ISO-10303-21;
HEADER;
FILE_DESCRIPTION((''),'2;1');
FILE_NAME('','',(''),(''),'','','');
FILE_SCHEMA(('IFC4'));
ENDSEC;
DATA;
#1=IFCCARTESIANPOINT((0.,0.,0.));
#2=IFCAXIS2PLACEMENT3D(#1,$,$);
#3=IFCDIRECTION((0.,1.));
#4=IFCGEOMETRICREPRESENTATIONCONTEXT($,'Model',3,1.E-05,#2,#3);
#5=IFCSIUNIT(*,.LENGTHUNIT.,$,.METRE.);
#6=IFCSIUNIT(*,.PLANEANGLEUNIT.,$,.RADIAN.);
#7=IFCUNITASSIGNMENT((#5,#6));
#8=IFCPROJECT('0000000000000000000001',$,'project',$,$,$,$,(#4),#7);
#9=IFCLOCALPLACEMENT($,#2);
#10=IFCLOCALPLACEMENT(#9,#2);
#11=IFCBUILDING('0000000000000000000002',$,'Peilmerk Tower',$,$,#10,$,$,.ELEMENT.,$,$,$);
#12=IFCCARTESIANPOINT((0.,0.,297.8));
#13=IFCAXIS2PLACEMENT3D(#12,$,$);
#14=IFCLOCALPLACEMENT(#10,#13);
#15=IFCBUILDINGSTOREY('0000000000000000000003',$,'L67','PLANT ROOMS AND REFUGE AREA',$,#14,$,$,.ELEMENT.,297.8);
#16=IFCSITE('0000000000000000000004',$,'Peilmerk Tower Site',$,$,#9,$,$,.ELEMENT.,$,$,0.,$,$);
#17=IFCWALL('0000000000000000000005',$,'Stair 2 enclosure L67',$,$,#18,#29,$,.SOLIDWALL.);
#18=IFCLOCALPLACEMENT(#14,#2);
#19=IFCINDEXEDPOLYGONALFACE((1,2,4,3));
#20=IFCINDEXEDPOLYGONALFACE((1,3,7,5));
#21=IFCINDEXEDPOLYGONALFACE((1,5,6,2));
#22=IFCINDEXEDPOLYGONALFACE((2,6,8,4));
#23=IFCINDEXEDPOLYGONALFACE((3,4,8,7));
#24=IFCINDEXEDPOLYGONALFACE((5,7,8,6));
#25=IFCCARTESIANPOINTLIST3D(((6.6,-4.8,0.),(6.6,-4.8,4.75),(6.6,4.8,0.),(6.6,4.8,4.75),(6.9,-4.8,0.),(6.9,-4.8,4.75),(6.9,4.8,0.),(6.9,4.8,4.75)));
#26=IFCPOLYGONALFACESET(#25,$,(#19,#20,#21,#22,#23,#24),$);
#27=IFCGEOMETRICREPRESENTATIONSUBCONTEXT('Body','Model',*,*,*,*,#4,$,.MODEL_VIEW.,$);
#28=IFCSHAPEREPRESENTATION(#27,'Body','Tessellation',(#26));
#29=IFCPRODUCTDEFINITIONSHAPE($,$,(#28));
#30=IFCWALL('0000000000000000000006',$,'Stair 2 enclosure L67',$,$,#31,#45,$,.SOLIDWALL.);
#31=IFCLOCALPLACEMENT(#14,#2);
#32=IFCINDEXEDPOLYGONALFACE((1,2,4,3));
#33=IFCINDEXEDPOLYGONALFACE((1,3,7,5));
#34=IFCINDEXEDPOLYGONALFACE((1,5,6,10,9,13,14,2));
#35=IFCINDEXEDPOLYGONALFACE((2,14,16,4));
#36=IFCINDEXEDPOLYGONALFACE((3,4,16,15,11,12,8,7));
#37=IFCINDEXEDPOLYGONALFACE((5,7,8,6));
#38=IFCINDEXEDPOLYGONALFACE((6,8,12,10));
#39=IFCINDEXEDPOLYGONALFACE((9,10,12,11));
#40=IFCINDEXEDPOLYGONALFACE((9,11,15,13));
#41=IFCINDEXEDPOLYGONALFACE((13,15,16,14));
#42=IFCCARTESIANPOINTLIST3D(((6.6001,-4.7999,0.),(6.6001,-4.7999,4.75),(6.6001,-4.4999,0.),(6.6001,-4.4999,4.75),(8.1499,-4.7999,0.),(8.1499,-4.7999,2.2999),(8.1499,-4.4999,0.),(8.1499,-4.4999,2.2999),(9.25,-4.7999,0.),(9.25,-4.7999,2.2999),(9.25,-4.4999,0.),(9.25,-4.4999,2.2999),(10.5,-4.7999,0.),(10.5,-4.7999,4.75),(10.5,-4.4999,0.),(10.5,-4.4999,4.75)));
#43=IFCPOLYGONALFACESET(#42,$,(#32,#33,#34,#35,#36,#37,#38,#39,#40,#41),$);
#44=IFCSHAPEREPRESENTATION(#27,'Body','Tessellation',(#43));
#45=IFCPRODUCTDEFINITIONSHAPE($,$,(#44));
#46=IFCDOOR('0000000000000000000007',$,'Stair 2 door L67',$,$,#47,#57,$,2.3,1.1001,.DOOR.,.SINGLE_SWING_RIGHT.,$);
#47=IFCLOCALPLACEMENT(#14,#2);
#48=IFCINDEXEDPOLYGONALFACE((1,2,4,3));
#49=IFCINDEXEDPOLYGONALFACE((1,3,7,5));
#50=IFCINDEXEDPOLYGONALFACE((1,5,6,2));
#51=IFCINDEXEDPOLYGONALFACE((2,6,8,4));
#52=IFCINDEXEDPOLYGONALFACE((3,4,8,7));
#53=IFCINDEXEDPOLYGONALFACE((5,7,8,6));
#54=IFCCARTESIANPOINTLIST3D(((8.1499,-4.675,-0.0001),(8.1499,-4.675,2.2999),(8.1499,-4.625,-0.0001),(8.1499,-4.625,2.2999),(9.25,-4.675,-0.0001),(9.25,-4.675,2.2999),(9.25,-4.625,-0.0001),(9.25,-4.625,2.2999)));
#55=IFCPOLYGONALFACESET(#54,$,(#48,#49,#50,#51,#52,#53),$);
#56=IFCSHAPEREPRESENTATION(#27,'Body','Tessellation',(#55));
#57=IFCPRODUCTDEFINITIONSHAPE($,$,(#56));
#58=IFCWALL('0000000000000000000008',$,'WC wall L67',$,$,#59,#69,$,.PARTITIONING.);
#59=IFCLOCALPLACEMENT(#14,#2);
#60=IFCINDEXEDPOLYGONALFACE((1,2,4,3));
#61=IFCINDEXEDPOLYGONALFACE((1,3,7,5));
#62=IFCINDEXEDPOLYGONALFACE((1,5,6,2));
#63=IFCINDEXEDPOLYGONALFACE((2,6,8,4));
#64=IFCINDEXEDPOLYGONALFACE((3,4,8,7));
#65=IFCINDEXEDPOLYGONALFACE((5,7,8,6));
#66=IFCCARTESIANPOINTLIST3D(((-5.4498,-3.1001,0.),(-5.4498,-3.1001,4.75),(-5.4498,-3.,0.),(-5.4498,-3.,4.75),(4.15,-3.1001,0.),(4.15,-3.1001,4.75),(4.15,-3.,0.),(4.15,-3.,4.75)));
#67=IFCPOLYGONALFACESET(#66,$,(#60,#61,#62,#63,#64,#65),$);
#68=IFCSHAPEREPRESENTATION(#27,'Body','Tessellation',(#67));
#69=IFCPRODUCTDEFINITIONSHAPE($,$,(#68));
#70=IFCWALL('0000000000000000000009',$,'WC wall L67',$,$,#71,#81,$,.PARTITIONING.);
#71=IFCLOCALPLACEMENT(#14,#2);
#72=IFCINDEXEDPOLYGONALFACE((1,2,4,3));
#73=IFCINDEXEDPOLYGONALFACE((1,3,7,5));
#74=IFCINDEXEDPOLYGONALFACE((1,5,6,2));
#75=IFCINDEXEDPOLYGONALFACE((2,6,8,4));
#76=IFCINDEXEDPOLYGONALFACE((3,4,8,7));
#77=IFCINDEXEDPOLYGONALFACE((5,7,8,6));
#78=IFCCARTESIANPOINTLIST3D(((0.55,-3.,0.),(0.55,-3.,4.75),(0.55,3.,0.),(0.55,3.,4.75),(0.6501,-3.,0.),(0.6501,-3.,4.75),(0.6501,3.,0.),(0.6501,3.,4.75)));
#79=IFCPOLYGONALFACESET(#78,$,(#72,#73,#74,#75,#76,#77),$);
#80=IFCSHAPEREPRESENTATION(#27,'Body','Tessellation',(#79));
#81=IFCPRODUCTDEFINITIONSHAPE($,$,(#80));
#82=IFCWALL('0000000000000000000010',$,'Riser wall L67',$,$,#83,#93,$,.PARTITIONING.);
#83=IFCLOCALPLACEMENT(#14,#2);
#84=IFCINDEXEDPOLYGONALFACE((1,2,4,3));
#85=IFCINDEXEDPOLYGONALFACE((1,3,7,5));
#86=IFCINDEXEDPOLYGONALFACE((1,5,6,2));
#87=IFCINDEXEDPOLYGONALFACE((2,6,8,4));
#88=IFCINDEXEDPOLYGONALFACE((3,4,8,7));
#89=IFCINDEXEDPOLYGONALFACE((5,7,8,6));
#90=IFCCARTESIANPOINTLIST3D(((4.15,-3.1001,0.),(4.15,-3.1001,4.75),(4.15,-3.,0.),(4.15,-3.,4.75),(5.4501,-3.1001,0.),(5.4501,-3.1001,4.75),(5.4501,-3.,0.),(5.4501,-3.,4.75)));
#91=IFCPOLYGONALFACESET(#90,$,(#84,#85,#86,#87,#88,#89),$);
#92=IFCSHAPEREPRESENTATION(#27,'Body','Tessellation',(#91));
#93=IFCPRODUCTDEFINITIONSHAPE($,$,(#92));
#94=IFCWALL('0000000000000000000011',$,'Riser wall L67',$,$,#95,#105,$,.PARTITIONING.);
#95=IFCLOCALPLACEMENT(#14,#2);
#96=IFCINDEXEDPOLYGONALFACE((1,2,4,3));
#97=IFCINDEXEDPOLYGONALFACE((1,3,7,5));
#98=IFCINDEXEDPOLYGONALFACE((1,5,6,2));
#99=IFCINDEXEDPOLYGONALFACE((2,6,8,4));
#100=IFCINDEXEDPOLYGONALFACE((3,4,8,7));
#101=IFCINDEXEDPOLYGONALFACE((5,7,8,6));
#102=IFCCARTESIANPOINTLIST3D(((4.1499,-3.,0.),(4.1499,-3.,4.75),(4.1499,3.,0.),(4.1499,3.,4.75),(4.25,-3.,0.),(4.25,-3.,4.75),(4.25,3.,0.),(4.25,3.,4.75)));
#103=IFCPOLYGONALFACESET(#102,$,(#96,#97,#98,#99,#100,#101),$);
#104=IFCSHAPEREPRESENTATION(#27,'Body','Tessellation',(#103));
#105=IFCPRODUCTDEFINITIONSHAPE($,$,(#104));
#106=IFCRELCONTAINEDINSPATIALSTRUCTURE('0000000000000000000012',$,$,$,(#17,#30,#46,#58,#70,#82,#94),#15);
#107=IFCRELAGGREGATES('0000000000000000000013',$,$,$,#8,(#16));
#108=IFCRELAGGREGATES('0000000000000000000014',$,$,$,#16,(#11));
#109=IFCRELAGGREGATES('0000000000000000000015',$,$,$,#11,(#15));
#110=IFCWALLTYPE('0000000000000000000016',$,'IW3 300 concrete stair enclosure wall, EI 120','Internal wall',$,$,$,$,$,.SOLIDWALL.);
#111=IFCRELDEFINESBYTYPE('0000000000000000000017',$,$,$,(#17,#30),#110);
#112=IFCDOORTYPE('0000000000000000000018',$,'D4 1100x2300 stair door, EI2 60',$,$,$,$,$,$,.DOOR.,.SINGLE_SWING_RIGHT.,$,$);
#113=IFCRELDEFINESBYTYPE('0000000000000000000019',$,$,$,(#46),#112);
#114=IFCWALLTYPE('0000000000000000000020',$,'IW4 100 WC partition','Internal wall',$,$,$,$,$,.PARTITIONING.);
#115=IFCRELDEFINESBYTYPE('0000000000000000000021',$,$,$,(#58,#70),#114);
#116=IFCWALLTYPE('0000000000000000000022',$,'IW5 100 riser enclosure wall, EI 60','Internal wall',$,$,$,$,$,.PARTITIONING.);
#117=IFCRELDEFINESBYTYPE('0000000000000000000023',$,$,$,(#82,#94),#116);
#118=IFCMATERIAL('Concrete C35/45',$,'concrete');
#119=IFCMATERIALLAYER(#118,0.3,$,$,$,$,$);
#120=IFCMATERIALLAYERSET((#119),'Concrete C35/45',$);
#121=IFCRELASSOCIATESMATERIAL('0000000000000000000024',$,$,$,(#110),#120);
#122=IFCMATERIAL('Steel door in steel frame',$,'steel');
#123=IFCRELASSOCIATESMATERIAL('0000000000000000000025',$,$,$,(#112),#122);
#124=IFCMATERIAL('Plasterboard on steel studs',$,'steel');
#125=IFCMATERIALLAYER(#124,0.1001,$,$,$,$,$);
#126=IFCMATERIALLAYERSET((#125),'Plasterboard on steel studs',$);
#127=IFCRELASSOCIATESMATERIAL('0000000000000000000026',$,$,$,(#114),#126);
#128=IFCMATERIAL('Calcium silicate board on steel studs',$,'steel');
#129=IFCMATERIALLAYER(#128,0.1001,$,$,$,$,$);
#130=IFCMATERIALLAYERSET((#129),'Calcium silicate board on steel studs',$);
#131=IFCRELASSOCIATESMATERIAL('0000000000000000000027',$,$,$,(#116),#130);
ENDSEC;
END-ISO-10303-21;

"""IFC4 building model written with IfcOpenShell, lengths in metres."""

from ifc_helpers import new_model, si_unit, direction, frame, frame_2d, origin, place, context, subcontext, project, spatial, rectangle, extrude, material, layer, layer_set, type_object, element, fill, save


model = new_model("IFC4")

# Units and contexts
model_context = context("Model", 3, precision=1e-05, world=origin(), true_north=direction((0.0, 1.0)))
body_context = subcontext(model_context, "Body", "Model", "MODEL_VIEW")
ifc_project = project(units=[si_unit("LENGTHUNIT", "METRE"), si_unit("PLANEANGLEUNIT", "RADIAN")], contexts=[model_context])

# Site, building, storey
site_placement = place(None, origin())
site = spatial("IfcSite", under=ifc_project, at=site_placement, Name="Peilmerk Tower Site", CompositionType="ELEMENT", RefElevation=0.0)
building_placement = place(site_placement, origin())
building = spatial("IfcBuilding", under=site, at=building_placement, Name="Peilmerk Tower", CompositionType="ELEMENT")
storey_placement = place(building_placement, frame((0.0, 0.0, 297.8)))
storey = spatial("IfcBuildingStorey", under=building, at=storey_placement, Name="L67", Description="PLANT ROOMS AND REFUGE AREA", CompositionType="ELEMENT", Elevation=297.8)

# Wall
ifc_material_1 = material(Name="Concrete C35/45", Category="concrete")
ifc_layer_1 = layer(ifc_material_1, 0.3)
ifc_layer_set_1 = layer_set([ifc_layer_1], Name="Concrete C35/45")
wall_type_1 = type_object("IfcWallType", Name="IW3 300 concrete stair enclosure wall, EI 120", Description="Internal wall", PredefinedType="SOLIDWALL", material=ifc_layer_set_1)
wall_1_placement = place(storey_placement, frame((6.75, -4.8, 0.0), z_axis=(0.0, 0.0, 1.0), x_axis=(0.0, 1.0, 0.0)))
element("IfcWall", 1, at=wall_1_placement, inside=storey, type_object=wall_type_1, Name="Stair 2 enclosure L67", PredefinedType="SOLIDWALL", context=body_context, shape_type="SweptSolid", body=[
    extrude(rectangle(XDim=9.6001, YDim=0.3, at=frame_2d((4.8, 0.0))), origin(), (0.0, 0.0, 1.0), 4.75),
])

# Wall, opening, door
wall_2_placement = place(storey_placement, frame((10.5, -4.6499, 0.0), z_axis=(0.0, 0.0, 1.0), x_axis=(-1.0, 0.0, 0.0)))
wall_2 = element("IfcWall", 2, at=wall_2_placement, inside=storey, type_object=wall_type_1, Name="Stair 2 enclosure L67", PredefinedType="SOLIDWALL", context=body_context, shape_type="SweptSolid", body=[
    extrude(rectangle(XDim=3.8999, YDim=0.3, at=frame_2d((1.95, 0.0))), origin(), (0.0, 0.0, 1.0), 4.75),
])
opening_1_placement = place(wall_2_placement, frame((1.25, 0.0, 0.0)))
opening_1 = element("IfcOpeningElement", 3, at=opening_1_placement, cuts=wall_2, PredefinedType="OPENING", context=body_context, shape_type="SweptSolid", body=[
    extrude(rectangle(XDim=1.1001, YDim=2.3, at=frame_2d((0.55, 1.1499))), frame((0.0, 0.1599, 0.0), z_axis=(0.0, -1.0, 0.0), x_axis=(1.0, 0.0, 0.0)), (0.0, 0.0, 1.0), 0.3201),
])
ifc_material_2 = material(Name="Steel door in steel frame", Category="steel")
door_type_1 = type_object("IfcDoorType", Name="D4 1100x2300 stair door, EI2 60", OperationType="SINGLE_SWING_RIGHT", PredefinedType="DOOR", material=ifc_material_2)
door_1_placement = place(opening_1_placement, frame((1.1001, 0.0, 0.0), z_axis=(0.0, 0.0, 1.0), x_axis=(-1.0, 0.0, 0.0)))
door_1 = element("IfcDoor", 4, at=door_1_placement, inside=storey, type_object=door_type_1, Name="Stair 2 door L67", OperationType="SINGLE_SWING_RIGHT", OverallHeight=2.3, OverallWidth=1.1001, PredefinedType="DOOR", context=body_context, shape_type="SweptSolid", body=[
    extrude(rectangle(XDim=1.1001, YDim=2.3, at=frame_2d((0.55, 1.1499))), frame((0.0, 0.0249, 0.0), z_axis=(0.0, -1.0, 0.0), x_axis=(1.0, 0.0, 0.0)), (0.0, 0.0, 1.0), 0.05),
])
fill(opening_1, door_1)

# Walls
ifc_material_3 = material(Name="Plasterboard on steel studs", Category="steel")
ifc_layer_2 = layer(ifc_material_3, 0.1001)
ifc_layer_set_2 = layer_set([ifc_layer_2], Name="Plasterboard on steel studs")
wall_type_2 = type_object("IfcWallType", Name="IW4 100 WC partition", Description="Internal wall", PredefinedType="PARTITIONING", material=ifc_layer_set_2)
wall_3_placement = place(storey_placement, frame((4.1499, -3.05, 0.0), z_axis=(0.0, 0.0, 1.0), x_axis=(-1.0, 0.0, 0.0)))
element("IfcWall", 5, at=wall_3_placement, inside=storey, type_object=wall_type_2, Name="WC wall L67", PredefinedType="PARTITIONING", context=body_context, shape_type="SweptSolid", body=[
    extrude(rectangle(XDim=9.5999, YDim=0.1001, at=frame_2d((4.7998, 0.0))), origin(), (0.0, 0.0, 1.0), 4.75),
])
wall_4_placement = place(storey_placement, frame((0.6001, -3.0, 0.0), z_axis=(0.0, 0.0, 1.0), x_axis=(0.0, 1.0, 0.0)))
element("IfcWall", 6, at=wall_4_placement, inside=storey, type_object=wall_type_2, Name="WC wall L67", PredefinedType="PARTITIONING", context=body_context, shape_type="SweptSolid", body=[
    extrude(rectangle(XDim=6.0, YDim=0.1001, at=frame_2d((3.0, 0.0))), origin(), (0.0, 0.0, 1.0), 4.75),
])
ifc_material_4 = material(Name="Calcium silicate board on steel studs", Category="steel")
ifc_layer_3 = layer(ifc_material_4, 0.1001)
ifc_layer_set_3 = layer_set([ifc_layer_3], Name="Calcium silicate board on steel studs")
wall_type_3 = type_object("IfcWallType", Name="IW5 100 riser enclosure wall, EI 60", Description="Internal wall", PredefinedType="PARTITIONING", material=ifc_layer_set_3)
wall_5_placement = place(storey_placement, frame((5.45, -3.05, 0.0), z_axis=(0.0, 0.0, 1.0), x_axis=(-1.0, 0.0, 0.0)))
element("IfcWall", 7, at=wall_5_placement, inside=storey, type_object=wall_type_3, Name="Riser wall L67", PredefinedType="PARTITIONING", context=body_context, shape_type="SweptSolid", body=[
    extrude(rectangle(XDim=1.3, YDim=0.1001, at=frame_2d((0.6499, 0.0))), origin(), (0.0, 0.0, 1.0), 4.75),
])
wall_6_placement = place(storey_placement, frame((4.2, -3.0, 0.0), z_axis=(0.0, 0.0, 1.0), x_axis=(0.0, 1.0, 0.0)))
element("IfcWall", 8, at=wall_6_placement, inside=storey, type_object=wall_type_3, Name="Riser wall L67", PredefinedType="PARTITIONING", context=body_context, shape_type="SweptSolid", body=[
    extrude(rectangle(XDim=6.0, YDim=0.1001, at=frame_2d((3.0, 0.0))), origin(), (0.0, 0.0, 1.0), 4.75),
])

save(model, "model.ifc")
